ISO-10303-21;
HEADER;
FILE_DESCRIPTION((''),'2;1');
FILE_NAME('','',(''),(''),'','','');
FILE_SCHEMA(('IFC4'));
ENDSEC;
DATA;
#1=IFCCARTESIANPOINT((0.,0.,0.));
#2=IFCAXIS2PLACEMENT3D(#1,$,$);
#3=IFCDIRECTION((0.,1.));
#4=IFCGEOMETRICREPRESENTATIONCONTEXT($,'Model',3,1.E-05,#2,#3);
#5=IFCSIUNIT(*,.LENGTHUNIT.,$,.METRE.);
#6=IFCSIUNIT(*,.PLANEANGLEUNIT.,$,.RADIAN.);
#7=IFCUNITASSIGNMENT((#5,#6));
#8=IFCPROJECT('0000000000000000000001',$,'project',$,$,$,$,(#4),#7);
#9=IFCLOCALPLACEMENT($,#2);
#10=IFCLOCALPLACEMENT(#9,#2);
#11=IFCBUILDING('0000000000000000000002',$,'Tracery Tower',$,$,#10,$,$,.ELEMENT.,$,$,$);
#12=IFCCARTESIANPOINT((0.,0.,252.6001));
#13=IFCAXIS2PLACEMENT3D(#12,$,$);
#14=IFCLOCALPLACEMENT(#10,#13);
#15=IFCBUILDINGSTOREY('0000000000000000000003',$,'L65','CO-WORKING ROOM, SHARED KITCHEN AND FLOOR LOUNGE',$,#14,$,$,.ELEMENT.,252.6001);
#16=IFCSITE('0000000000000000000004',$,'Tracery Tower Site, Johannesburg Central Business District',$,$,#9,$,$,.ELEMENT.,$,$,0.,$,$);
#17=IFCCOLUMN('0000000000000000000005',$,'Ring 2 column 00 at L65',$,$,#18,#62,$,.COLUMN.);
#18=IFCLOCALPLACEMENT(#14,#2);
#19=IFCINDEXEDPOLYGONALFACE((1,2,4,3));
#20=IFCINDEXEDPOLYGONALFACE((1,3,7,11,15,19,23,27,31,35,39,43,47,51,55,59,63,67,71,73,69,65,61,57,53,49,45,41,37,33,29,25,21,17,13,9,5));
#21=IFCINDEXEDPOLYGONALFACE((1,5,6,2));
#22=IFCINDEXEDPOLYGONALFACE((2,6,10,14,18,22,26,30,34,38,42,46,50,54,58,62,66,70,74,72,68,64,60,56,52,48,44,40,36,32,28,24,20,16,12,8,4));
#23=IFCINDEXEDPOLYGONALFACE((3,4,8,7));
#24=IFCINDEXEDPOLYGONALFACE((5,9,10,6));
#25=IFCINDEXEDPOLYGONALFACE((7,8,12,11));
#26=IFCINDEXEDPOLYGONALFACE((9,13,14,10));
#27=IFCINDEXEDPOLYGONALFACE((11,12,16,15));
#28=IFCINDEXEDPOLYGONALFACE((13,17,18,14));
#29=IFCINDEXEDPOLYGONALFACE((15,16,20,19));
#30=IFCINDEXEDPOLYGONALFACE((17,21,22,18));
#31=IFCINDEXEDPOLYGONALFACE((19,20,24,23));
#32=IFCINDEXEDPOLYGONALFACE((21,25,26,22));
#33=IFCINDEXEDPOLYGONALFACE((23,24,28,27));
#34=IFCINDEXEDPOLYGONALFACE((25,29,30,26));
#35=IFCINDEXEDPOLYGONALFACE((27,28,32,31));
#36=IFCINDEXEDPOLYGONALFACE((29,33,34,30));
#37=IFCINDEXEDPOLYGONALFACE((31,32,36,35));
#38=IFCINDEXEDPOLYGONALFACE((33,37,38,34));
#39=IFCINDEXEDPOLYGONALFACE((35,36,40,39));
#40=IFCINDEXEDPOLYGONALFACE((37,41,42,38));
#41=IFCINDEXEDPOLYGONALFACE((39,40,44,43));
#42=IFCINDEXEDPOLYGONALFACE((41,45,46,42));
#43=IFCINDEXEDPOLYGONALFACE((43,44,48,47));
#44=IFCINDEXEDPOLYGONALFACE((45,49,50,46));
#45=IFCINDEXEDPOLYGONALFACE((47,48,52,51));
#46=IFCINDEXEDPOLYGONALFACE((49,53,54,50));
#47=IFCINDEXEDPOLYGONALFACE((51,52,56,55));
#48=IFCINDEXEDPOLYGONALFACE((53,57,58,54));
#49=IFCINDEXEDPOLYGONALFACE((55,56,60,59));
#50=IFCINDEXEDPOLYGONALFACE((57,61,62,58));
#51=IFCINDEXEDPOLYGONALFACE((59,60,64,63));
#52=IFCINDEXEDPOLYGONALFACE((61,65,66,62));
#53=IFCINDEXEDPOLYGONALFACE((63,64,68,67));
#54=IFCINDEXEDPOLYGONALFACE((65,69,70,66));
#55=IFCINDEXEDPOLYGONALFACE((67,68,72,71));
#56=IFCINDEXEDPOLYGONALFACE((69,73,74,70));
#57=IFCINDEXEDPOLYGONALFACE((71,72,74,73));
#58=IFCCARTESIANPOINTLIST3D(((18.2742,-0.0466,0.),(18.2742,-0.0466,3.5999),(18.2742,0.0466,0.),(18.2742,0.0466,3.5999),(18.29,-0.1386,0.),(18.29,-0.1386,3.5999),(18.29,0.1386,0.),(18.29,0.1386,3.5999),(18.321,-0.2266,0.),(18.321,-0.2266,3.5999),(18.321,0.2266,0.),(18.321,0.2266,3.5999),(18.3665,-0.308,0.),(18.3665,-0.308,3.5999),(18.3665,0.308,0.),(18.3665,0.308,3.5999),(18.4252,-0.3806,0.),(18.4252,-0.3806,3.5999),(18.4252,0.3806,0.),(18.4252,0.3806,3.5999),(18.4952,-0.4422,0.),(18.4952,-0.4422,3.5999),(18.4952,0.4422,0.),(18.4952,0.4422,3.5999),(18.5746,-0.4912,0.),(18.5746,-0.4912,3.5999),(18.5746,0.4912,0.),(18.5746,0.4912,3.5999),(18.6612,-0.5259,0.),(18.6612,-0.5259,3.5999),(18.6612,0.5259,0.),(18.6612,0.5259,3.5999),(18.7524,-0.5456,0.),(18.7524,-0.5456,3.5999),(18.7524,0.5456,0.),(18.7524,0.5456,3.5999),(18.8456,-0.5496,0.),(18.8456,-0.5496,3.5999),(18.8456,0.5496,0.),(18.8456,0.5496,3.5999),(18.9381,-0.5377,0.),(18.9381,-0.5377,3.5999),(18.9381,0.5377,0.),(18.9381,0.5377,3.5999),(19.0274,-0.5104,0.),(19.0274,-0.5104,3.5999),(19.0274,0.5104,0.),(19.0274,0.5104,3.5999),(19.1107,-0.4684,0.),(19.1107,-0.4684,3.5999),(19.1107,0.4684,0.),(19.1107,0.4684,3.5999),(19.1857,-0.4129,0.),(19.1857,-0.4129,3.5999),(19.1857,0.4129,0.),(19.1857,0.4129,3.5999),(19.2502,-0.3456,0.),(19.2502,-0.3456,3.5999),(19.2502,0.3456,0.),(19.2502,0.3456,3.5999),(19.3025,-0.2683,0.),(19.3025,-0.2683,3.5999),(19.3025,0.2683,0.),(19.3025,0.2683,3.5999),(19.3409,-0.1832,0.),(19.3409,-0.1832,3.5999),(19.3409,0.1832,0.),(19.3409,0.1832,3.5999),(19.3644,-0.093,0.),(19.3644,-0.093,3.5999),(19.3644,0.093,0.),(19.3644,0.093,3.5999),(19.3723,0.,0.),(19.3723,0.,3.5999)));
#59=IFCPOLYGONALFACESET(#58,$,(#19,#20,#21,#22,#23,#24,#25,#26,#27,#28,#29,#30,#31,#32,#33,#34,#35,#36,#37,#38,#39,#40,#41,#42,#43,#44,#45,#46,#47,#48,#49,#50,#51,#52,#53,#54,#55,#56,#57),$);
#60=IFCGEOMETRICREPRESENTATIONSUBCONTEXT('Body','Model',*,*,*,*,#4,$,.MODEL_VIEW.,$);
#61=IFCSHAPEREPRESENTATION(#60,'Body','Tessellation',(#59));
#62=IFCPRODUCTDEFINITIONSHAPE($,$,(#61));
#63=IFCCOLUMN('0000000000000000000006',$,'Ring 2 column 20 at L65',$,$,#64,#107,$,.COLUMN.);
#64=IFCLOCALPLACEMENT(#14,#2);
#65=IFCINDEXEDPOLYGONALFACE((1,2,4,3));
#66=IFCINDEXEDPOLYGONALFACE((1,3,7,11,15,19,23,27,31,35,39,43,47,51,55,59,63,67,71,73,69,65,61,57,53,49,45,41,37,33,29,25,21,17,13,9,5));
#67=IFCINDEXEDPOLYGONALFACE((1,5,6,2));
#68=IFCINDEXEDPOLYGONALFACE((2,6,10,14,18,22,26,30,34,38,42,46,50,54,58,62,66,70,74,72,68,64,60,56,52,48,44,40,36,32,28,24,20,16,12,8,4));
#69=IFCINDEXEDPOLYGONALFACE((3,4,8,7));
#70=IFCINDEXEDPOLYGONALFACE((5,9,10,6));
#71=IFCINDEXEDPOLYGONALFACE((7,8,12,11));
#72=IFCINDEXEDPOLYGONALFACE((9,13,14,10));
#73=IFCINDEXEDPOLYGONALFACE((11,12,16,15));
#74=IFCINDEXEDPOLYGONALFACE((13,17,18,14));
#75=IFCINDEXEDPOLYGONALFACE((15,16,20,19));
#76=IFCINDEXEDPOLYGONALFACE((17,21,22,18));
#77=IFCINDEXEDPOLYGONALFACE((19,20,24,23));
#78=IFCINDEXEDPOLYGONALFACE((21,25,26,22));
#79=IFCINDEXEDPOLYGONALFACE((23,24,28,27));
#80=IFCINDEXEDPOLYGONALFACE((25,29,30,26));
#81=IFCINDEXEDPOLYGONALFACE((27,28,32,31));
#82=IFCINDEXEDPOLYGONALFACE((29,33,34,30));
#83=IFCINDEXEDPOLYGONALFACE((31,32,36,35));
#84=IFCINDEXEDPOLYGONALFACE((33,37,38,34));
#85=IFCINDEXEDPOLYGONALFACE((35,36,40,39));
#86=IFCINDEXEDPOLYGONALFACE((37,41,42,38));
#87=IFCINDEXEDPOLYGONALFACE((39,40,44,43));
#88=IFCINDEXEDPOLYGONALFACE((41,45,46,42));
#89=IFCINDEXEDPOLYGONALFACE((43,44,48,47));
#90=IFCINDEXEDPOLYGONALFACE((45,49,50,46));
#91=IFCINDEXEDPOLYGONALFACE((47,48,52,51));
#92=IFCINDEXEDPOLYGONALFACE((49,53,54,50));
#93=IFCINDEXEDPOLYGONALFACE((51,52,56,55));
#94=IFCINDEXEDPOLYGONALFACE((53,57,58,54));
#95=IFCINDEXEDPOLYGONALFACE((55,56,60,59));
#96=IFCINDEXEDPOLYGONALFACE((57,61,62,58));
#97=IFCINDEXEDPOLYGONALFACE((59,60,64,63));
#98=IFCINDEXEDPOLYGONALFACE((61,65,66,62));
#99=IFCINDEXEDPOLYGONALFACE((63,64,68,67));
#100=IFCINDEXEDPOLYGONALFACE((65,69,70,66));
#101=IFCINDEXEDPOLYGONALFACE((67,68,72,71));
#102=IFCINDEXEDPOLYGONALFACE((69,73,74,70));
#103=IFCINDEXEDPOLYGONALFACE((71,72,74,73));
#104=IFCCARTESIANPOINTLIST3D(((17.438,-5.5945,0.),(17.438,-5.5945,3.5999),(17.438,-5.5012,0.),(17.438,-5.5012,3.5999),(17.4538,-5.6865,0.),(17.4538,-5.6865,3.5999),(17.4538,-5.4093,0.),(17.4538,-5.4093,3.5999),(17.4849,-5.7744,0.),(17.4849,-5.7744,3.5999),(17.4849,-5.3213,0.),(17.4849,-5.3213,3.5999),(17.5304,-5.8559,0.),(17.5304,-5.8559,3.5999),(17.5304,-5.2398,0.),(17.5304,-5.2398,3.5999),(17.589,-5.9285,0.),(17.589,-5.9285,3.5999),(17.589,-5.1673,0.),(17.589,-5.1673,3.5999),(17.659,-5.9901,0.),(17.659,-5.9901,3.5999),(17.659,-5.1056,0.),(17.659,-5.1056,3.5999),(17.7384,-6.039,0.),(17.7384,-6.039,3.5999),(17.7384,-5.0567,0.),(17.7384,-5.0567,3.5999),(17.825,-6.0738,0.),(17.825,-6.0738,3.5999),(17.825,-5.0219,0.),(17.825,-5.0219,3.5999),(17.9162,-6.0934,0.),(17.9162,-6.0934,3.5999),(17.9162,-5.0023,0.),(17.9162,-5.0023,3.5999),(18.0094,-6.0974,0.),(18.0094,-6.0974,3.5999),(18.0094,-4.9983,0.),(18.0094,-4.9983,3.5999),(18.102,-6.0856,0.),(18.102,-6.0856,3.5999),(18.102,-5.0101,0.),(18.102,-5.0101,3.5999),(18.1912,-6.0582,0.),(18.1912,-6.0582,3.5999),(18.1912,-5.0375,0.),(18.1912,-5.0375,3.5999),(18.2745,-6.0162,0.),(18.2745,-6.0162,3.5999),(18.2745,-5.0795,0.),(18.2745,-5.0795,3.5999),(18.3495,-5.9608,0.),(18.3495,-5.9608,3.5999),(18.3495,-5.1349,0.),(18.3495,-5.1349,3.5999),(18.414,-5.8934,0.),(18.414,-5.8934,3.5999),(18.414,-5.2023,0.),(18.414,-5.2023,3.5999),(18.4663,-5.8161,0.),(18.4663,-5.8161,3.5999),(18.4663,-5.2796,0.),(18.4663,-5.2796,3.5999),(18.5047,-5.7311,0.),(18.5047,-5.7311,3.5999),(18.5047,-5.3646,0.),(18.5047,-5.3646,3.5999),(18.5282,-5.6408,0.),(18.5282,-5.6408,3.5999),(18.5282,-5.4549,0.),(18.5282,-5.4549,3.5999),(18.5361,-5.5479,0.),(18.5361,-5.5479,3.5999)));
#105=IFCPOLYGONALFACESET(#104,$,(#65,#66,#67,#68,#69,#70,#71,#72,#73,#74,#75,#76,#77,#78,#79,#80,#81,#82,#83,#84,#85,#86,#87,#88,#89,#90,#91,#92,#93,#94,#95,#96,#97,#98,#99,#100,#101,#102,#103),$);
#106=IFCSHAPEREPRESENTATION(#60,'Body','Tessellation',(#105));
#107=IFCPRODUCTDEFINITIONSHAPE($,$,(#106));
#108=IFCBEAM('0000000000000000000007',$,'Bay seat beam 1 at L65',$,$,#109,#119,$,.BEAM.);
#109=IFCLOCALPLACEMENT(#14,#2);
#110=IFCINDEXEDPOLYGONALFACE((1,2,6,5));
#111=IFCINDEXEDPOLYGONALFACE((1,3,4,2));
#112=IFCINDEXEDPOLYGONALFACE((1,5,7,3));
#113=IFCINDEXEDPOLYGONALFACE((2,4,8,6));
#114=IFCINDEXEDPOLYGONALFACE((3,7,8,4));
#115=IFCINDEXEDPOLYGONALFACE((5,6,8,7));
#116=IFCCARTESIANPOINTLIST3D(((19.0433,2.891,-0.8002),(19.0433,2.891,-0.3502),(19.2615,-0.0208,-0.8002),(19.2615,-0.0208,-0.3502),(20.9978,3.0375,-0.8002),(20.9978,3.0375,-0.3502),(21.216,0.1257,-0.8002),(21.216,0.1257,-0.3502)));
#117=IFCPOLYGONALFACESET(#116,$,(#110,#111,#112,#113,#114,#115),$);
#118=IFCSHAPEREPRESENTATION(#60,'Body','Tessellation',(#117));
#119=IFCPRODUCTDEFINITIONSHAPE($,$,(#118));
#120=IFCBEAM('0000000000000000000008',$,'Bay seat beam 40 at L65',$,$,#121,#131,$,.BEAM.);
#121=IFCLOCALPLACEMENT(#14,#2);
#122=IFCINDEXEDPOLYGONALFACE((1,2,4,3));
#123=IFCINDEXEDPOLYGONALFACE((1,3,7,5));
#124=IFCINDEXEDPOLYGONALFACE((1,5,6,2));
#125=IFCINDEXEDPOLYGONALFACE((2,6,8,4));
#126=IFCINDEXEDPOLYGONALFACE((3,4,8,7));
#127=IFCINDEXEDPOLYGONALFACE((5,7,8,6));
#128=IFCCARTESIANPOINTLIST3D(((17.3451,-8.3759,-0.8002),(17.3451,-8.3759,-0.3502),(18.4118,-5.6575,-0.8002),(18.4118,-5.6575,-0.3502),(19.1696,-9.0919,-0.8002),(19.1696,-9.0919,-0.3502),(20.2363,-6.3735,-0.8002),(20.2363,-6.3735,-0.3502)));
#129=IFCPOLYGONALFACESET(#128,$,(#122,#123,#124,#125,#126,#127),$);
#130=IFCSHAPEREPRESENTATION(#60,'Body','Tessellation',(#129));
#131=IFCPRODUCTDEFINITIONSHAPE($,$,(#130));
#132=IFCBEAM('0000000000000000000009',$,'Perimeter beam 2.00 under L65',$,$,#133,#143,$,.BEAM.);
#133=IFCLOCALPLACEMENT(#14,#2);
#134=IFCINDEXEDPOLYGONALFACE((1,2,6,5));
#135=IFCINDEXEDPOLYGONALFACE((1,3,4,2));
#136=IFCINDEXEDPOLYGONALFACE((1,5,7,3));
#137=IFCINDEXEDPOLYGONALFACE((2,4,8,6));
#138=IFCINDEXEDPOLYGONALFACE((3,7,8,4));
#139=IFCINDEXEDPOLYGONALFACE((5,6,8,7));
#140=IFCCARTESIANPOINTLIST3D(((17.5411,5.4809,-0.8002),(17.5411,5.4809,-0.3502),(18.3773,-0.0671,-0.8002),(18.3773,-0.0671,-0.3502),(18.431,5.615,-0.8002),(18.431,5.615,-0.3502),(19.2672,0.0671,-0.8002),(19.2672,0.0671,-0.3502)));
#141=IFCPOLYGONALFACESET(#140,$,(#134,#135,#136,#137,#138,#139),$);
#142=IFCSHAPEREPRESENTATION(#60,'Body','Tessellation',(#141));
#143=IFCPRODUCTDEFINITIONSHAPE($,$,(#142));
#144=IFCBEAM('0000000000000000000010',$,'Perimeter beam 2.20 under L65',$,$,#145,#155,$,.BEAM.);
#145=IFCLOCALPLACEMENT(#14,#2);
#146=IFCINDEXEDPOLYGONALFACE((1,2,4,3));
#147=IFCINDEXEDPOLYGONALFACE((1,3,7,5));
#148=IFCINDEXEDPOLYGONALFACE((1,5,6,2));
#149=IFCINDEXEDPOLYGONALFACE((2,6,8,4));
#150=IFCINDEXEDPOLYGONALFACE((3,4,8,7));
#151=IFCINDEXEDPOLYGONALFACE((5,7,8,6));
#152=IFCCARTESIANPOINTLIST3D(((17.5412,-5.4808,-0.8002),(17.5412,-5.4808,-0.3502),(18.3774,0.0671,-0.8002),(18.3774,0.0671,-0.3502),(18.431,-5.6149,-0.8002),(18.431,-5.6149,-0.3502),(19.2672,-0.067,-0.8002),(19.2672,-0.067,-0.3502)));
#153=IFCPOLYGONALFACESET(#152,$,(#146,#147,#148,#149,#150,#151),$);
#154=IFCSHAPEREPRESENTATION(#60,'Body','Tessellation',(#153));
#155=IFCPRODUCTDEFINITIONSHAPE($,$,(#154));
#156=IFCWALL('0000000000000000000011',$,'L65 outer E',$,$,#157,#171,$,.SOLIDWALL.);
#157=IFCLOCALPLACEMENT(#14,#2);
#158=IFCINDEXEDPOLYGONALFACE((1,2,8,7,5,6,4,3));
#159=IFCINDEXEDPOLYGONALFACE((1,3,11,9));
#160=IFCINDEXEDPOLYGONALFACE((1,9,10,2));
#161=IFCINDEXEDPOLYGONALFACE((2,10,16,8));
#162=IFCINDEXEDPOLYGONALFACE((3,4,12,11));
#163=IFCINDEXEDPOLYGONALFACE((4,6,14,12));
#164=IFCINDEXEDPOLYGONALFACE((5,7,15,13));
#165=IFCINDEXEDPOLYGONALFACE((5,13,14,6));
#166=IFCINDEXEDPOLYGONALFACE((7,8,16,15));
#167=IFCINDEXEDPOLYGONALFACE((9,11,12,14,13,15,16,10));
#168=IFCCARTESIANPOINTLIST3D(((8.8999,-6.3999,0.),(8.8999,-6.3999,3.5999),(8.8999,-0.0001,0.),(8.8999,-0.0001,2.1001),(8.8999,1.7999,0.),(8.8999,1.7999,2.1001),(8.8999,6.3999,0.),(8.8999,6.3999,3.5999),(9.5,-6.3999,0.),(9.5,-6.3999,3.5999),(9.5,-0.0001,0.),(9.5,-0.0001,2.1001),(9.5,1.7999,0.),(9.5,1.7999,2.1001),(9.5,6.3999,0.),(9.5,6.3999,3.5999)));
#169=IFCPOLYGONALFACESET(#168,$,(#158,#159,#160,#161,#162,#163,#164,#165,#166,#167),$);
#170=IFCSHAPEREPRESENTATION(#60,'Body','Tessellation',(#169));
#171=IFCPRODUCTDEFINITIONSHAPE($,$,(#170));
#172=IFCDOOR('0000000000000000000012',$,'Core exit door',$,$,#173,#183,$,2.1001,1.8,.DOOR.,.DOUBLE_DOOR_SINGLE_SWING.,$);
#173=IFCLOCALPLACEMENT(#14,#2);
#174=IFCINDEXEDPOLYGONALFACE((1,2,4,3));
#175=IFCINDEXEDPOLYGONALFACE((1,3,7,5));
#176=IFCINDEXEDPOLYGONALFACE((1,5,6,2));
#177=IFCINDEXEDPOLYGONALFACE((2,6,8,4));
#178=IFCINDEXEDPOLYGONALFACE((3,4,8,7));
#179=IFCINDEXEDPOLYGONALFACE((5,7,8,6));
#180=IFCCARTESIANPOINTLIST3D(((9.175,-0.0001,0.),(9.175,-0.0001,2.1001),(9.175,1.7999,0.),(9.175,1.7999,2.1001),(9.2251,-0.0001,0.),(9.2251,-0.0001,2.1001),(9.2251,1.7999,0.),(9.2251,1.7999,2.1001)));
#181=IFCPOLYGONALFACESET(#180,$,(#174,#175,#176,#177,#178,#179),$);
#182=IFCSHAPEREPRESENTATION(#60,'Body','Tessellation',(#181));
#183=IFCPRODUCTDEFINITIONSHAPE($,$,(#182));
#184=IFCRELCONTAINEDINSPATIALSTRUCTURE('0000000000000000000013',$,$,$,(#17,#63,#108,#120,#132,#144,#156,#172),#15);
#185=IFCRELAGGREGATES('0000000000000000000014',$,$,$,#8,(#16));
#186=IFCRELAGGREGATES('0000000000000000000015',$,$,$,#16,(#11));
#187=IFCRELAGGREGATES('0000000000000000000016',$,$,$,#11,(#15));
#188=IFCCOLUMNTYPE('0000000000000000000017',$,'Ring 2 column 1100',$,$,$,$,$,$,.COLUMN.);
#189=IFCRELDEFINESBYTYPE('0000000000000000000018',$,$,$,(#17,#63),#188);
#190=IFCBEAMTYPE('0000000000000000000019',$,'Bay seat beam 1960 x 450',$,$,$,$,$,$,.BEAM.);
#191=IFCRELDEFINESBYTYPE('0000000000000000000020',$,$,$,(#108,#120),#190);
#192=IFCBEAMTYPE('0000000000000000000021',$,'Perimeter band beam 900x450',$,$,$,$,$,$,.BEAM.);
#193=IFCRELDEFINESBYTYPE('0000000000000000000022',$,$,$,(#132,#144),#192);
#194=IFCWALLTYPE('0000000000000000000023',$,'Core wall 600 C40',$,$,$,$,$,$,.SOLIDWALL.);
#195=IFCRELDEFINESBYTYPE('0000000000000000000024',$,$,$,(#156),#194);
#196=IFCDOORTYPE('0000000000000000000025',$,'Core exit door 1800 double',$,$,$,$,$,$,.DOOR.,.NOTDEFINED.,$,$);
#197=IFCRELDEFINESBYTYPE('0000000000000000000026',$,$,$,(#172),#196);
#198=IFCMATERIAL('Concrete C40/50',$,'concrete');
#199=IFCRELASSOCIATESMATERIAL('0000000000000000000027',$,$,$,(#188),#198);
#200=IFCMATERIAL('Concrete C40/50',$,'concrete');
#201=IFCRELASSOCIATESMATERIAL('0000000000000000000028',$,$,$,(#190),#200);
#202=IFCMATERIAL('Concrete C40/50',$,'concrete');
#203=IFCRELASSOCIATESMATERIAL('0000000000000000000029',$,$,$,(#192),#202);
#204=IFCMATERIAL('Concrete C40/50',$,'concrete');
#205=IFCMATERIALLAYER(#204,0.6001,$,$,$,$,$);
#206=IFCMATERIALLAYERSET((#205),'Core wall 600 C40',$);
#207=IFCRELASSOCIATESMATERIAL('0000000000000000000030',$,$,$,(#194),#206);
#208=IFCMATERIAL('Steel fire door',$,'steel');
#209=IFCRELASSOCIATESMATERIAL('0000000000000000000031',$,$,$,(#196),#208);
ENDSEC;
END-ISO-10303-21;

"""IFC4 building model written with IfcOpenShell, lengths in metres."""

from ifc_helpers import new_model, si_unit, direction, frame, frame_2d, origin, origin_2d, place, context, subcontext, project, spatial, rectangle, circle, extrude, material, layer, layer_set, material_profile, profile_set, type_object, element, fill, save


model = new_model("IFC4")

# Units and contexts
model_context = context("Model", 3, precision=1e-05, world=origin(), true_north=direction((0.0, 1.0)))
body_context = subcontext(model_context, "Body", "Model", "MODEL_VIEW")
ifc_project = project(units=[si_unit("LENGTHUNIT", "METRE"), si_unit("PLANEANGLEUNIT", "RADIAN")], contexts=[model_context])

# Site, building, storey
site_placement = place(None, origin())
site = spatial("IfcSite", under=ifc_project, at=site_placement, Name="Tracery Tower Site, Johannesburg Central Business District", CompositionType="ELEMENT", RefElevation=0.0)
building_placement = place(site_placement, origin())
building = spatial("IfcBuilding", under=site, at=building_placement, Name="Tracery Tower", CompositionType="ELEMENT")
storey_placement = place(building_placement, frame((0.0, 0.0, 252.6001)))
storey = spatial("IfcBuildingStorey", under=building, at=storey_placement, Name="L65", Description="CO-WORKING ROOM, SHARED KITCHEN AND FLOOR LOUNGE", CompositionType="ELEMENT", Elevation=252.6001)

# Columns
ifc_material_1 = material(Name="Concrete C40/50", Category="concrete")
ifc_material_profile_1 = material_profile(ifc_material_1, circle(Radius=0.55, at=origin_2d()), Name="RC D1100")
ifc_profile_set_1 = profile_set([ifc_material_profile_1], Name="Concrete C40/50")
column_type = type_object("IfcColumnType", Name="Ring 2 column 1100", PredefinedType="COLUMN", material=ifc_profile_set_1)
for number, where, z_axis, x_axis, name in (
    (1, (18.8223, 0.0, 0.0), (0.0, 0.0, 1.0), (1.0, 0.0, 0.0), "Ring 2 column 00 at L65"),
    (2, (17.9861, -5.5479, 0.0), (0.0, 0.0, 1.0), (1.0, 0.0, 0.0), "Ring 2 column 20 at L65"),
):
    element("IfcColumn", number, at=place(storey_placement, frame(where, z_axis=z_axis, x_axis=x_axis)), inside=storey, type_object=column_type, Name=name, PredefinedType="COLUMN", context=body_context, shape_type="SweptSolid", body=[
        extrude(circle(Radius=0.55, at=origin_2d()), origin(), (0.0, 0.0, 1.0), 3.5999),
    ])

# Beams
ifc_material_2 = material(Name="Concrete C40/50", Category="concrete")
ifc_material_profile_2 = material_profile(ifc_material_2, rectangle(XDim=1.96, YDim=0.45, at=origin_2d()), Name="RC 1960x450")
ifc_profile_set_2 = profile_set([ifc_material_profile_2], Name="Concrete C40/50")
beam_type_1 = type_object("IfcBeamType", Name="Bay seat beam 1960 x 450", PredefinedType="BEAM", material=ifc_profile_set_2)
beam_1_placement = place(storey_placement, frame((20.2388, 0.0525, -0.5752), z_axis=(-0.074746, 0.997203, 0.0), x_axis=(-0.997203, -0.074746, 0.0)))
element("IfcBeam", 3, at=beam_1_placement, inside=storey, type_object=beam_type_1, Name="Bay seat beam 1 at L65", PredefinedType="BEAM", context=body_context, shape_type="SweptSolid", body=[
    extrude(rectangle(XDim=1.96, YDim=0.45, at=origin_2d()), origin(), (0.0, 0.0, 1.0), 2.9199),
])
beam_2_placement = place(storey_placement, frame((18.2573, -8.7339, -0.5752), z_axis=(0.365285, 0.930896, 0.0), x_axis=(-0.930896, 0.365285, 0.0)))
element("IfcBeam", 4, at=beam_2_placement, inside=storey, type_object=beam_type_1, Name="Bay seat beam 40 at L65", PredefinedType="BEAM", context=body_context, shape_type="SweptSolid", body=[
    extrude(rectangle(XDim=1.96, YDim=0.45, at=origin_2d()), origin(), (0.0, 0.0, 1.0), 2.9202),
])
ifc_material_3 = material(Name="Concrete C40/50", Category="concrete")
ifc_material_profile_3 = material_profile(ifc_material_3, rectangle(XDim=0.8999, YDim=0.45, at=origin_2d()), Name="RC 900x450")
ifc_profile_set_3 = profile_set([ifc_material_profile_3], Name="Concrete C40/50")
beam_type_2 = type_object("IfcBeamType", Name="Perimeter band beam 900x450", PredefinedType="BEAM", material=ifc_profile_set_3)
for number, where, z_axis, x_axis, name in (
    (5, (18.8223, 0.0, -0.5752), (-0.149038, 0.988831, 0.0), (-0.988831, -0.149038, 0.0), "Perimeter beam 2.00 under L65"),
    (6, (17.9861, -5.5479, -0.5752), (0.149038, 0.988831, 0.0), (-0.988831, 0.149038, 0.0), "Perimeter beam 2.20 under L65"),
):
    element("IfcBeam", number, at=place(storey_placement, frame(where, z_axis=z_axis, x_axis=x_axis)), inside=storey, type_object=beam_type_2, Name=name, PredefinedType="BEAM", context=body_context, shape_type="SweptSolid", body=[
        extrude(rectangle(XDim=0.8999, YDim=0.45, at=origin_2d()), origin(), (0.0, 0.0, 1.0), 5.6106),
    ])

# Wall, opening, door
ifc_material_4 = material(Name="Concrete C40/50", Category="concrete")
ifc_layer_1 = layer(ifc_material_4, 0.6001)
ifc_layer_set_1 = layer_set([ifc_layer_1], Name="Core wall 600 C40")
wall_type_1 = type_object("IfcWallType", Name="Core wall 600 C40", PredefinedType="SOLIDWALL", material=ifc_layer_set_1)
wall_1_placement = place(storey_placement, frame((9.2, -6.3999, 0.0), z_axis=(0.0, 0.0, 1.0), x_axis=(0.0, 1.0, 0.0)))
wall_1 = element("IfcWall", 7, at=wall_1_placement, inside=storey, type_object=wall_type_1, Name="L65 outer E", PredefinedType="SOLIDWALL", context=body_context, shape_type="SweptSolid", body=[
    extrude(rectangle(XDim=12.7998, YDim=0.6001, at=frame_2d((6.3999, 0.0))), origin(), (0.0, 0.0, 1.0), 3.5999),
])
opening_1_placement = place(wall_1_placement, frame((6.3999, 0.0, 0.0)))
opening_1 = element("IfcOpeningElement", 8, at=opening_1_placement, cuts=wall_1, PredefinedType="OPENING", context=body_context, shape_type="SweptSolid", body=[
    extrude(rectangle(XDim=1.8, YDim=2.1001, at=frame_2d((0.8999, 1.05))), frame((0.0, 0.3, 0.0), z_axis=(0.0, -1.0, 0.0), x_axis=(1.0, 0.0, 0.0)), (0.0, 0.0, 1.0), 0.6001),
])
ifc_material_5 = material(Name="Steel fire door", Category="steel")
door_type_1 = type_object("IfcDoorType", Name="Core exit door 1800 double", OperationType="NOTDEFINED", PredefinedType="DOOR", material=ifc_material_5)
door_1_placement = place(opening_1_placement, origin())
door_1 = element("IfcDoor", 9, at=door_1_placement, inside=storey, type_object=door_type_1, Name="Core exit door", OperationType="DOUBLE_DOOR_SINGLE_SWING", OverallHeight=2.1001, OverallWidth=1.8, PredefinedType="DOOR", context=body_context, shape_type="SweptSolid", body=[
    extrude(rectangle(XDim=1.8, YDim=2.1001, at=frame_2d((0.8999, 1.05))), frame((0.0, 0.0249, 0.0), z_axis=(0.0, -1.0, 0.0), x_axis=(1.0, 0.0, 0.0)), (0.0, 0.0, 1.0), 0.05),
])
fill(opening_1, door_1)

save(model, "model.ifc")
